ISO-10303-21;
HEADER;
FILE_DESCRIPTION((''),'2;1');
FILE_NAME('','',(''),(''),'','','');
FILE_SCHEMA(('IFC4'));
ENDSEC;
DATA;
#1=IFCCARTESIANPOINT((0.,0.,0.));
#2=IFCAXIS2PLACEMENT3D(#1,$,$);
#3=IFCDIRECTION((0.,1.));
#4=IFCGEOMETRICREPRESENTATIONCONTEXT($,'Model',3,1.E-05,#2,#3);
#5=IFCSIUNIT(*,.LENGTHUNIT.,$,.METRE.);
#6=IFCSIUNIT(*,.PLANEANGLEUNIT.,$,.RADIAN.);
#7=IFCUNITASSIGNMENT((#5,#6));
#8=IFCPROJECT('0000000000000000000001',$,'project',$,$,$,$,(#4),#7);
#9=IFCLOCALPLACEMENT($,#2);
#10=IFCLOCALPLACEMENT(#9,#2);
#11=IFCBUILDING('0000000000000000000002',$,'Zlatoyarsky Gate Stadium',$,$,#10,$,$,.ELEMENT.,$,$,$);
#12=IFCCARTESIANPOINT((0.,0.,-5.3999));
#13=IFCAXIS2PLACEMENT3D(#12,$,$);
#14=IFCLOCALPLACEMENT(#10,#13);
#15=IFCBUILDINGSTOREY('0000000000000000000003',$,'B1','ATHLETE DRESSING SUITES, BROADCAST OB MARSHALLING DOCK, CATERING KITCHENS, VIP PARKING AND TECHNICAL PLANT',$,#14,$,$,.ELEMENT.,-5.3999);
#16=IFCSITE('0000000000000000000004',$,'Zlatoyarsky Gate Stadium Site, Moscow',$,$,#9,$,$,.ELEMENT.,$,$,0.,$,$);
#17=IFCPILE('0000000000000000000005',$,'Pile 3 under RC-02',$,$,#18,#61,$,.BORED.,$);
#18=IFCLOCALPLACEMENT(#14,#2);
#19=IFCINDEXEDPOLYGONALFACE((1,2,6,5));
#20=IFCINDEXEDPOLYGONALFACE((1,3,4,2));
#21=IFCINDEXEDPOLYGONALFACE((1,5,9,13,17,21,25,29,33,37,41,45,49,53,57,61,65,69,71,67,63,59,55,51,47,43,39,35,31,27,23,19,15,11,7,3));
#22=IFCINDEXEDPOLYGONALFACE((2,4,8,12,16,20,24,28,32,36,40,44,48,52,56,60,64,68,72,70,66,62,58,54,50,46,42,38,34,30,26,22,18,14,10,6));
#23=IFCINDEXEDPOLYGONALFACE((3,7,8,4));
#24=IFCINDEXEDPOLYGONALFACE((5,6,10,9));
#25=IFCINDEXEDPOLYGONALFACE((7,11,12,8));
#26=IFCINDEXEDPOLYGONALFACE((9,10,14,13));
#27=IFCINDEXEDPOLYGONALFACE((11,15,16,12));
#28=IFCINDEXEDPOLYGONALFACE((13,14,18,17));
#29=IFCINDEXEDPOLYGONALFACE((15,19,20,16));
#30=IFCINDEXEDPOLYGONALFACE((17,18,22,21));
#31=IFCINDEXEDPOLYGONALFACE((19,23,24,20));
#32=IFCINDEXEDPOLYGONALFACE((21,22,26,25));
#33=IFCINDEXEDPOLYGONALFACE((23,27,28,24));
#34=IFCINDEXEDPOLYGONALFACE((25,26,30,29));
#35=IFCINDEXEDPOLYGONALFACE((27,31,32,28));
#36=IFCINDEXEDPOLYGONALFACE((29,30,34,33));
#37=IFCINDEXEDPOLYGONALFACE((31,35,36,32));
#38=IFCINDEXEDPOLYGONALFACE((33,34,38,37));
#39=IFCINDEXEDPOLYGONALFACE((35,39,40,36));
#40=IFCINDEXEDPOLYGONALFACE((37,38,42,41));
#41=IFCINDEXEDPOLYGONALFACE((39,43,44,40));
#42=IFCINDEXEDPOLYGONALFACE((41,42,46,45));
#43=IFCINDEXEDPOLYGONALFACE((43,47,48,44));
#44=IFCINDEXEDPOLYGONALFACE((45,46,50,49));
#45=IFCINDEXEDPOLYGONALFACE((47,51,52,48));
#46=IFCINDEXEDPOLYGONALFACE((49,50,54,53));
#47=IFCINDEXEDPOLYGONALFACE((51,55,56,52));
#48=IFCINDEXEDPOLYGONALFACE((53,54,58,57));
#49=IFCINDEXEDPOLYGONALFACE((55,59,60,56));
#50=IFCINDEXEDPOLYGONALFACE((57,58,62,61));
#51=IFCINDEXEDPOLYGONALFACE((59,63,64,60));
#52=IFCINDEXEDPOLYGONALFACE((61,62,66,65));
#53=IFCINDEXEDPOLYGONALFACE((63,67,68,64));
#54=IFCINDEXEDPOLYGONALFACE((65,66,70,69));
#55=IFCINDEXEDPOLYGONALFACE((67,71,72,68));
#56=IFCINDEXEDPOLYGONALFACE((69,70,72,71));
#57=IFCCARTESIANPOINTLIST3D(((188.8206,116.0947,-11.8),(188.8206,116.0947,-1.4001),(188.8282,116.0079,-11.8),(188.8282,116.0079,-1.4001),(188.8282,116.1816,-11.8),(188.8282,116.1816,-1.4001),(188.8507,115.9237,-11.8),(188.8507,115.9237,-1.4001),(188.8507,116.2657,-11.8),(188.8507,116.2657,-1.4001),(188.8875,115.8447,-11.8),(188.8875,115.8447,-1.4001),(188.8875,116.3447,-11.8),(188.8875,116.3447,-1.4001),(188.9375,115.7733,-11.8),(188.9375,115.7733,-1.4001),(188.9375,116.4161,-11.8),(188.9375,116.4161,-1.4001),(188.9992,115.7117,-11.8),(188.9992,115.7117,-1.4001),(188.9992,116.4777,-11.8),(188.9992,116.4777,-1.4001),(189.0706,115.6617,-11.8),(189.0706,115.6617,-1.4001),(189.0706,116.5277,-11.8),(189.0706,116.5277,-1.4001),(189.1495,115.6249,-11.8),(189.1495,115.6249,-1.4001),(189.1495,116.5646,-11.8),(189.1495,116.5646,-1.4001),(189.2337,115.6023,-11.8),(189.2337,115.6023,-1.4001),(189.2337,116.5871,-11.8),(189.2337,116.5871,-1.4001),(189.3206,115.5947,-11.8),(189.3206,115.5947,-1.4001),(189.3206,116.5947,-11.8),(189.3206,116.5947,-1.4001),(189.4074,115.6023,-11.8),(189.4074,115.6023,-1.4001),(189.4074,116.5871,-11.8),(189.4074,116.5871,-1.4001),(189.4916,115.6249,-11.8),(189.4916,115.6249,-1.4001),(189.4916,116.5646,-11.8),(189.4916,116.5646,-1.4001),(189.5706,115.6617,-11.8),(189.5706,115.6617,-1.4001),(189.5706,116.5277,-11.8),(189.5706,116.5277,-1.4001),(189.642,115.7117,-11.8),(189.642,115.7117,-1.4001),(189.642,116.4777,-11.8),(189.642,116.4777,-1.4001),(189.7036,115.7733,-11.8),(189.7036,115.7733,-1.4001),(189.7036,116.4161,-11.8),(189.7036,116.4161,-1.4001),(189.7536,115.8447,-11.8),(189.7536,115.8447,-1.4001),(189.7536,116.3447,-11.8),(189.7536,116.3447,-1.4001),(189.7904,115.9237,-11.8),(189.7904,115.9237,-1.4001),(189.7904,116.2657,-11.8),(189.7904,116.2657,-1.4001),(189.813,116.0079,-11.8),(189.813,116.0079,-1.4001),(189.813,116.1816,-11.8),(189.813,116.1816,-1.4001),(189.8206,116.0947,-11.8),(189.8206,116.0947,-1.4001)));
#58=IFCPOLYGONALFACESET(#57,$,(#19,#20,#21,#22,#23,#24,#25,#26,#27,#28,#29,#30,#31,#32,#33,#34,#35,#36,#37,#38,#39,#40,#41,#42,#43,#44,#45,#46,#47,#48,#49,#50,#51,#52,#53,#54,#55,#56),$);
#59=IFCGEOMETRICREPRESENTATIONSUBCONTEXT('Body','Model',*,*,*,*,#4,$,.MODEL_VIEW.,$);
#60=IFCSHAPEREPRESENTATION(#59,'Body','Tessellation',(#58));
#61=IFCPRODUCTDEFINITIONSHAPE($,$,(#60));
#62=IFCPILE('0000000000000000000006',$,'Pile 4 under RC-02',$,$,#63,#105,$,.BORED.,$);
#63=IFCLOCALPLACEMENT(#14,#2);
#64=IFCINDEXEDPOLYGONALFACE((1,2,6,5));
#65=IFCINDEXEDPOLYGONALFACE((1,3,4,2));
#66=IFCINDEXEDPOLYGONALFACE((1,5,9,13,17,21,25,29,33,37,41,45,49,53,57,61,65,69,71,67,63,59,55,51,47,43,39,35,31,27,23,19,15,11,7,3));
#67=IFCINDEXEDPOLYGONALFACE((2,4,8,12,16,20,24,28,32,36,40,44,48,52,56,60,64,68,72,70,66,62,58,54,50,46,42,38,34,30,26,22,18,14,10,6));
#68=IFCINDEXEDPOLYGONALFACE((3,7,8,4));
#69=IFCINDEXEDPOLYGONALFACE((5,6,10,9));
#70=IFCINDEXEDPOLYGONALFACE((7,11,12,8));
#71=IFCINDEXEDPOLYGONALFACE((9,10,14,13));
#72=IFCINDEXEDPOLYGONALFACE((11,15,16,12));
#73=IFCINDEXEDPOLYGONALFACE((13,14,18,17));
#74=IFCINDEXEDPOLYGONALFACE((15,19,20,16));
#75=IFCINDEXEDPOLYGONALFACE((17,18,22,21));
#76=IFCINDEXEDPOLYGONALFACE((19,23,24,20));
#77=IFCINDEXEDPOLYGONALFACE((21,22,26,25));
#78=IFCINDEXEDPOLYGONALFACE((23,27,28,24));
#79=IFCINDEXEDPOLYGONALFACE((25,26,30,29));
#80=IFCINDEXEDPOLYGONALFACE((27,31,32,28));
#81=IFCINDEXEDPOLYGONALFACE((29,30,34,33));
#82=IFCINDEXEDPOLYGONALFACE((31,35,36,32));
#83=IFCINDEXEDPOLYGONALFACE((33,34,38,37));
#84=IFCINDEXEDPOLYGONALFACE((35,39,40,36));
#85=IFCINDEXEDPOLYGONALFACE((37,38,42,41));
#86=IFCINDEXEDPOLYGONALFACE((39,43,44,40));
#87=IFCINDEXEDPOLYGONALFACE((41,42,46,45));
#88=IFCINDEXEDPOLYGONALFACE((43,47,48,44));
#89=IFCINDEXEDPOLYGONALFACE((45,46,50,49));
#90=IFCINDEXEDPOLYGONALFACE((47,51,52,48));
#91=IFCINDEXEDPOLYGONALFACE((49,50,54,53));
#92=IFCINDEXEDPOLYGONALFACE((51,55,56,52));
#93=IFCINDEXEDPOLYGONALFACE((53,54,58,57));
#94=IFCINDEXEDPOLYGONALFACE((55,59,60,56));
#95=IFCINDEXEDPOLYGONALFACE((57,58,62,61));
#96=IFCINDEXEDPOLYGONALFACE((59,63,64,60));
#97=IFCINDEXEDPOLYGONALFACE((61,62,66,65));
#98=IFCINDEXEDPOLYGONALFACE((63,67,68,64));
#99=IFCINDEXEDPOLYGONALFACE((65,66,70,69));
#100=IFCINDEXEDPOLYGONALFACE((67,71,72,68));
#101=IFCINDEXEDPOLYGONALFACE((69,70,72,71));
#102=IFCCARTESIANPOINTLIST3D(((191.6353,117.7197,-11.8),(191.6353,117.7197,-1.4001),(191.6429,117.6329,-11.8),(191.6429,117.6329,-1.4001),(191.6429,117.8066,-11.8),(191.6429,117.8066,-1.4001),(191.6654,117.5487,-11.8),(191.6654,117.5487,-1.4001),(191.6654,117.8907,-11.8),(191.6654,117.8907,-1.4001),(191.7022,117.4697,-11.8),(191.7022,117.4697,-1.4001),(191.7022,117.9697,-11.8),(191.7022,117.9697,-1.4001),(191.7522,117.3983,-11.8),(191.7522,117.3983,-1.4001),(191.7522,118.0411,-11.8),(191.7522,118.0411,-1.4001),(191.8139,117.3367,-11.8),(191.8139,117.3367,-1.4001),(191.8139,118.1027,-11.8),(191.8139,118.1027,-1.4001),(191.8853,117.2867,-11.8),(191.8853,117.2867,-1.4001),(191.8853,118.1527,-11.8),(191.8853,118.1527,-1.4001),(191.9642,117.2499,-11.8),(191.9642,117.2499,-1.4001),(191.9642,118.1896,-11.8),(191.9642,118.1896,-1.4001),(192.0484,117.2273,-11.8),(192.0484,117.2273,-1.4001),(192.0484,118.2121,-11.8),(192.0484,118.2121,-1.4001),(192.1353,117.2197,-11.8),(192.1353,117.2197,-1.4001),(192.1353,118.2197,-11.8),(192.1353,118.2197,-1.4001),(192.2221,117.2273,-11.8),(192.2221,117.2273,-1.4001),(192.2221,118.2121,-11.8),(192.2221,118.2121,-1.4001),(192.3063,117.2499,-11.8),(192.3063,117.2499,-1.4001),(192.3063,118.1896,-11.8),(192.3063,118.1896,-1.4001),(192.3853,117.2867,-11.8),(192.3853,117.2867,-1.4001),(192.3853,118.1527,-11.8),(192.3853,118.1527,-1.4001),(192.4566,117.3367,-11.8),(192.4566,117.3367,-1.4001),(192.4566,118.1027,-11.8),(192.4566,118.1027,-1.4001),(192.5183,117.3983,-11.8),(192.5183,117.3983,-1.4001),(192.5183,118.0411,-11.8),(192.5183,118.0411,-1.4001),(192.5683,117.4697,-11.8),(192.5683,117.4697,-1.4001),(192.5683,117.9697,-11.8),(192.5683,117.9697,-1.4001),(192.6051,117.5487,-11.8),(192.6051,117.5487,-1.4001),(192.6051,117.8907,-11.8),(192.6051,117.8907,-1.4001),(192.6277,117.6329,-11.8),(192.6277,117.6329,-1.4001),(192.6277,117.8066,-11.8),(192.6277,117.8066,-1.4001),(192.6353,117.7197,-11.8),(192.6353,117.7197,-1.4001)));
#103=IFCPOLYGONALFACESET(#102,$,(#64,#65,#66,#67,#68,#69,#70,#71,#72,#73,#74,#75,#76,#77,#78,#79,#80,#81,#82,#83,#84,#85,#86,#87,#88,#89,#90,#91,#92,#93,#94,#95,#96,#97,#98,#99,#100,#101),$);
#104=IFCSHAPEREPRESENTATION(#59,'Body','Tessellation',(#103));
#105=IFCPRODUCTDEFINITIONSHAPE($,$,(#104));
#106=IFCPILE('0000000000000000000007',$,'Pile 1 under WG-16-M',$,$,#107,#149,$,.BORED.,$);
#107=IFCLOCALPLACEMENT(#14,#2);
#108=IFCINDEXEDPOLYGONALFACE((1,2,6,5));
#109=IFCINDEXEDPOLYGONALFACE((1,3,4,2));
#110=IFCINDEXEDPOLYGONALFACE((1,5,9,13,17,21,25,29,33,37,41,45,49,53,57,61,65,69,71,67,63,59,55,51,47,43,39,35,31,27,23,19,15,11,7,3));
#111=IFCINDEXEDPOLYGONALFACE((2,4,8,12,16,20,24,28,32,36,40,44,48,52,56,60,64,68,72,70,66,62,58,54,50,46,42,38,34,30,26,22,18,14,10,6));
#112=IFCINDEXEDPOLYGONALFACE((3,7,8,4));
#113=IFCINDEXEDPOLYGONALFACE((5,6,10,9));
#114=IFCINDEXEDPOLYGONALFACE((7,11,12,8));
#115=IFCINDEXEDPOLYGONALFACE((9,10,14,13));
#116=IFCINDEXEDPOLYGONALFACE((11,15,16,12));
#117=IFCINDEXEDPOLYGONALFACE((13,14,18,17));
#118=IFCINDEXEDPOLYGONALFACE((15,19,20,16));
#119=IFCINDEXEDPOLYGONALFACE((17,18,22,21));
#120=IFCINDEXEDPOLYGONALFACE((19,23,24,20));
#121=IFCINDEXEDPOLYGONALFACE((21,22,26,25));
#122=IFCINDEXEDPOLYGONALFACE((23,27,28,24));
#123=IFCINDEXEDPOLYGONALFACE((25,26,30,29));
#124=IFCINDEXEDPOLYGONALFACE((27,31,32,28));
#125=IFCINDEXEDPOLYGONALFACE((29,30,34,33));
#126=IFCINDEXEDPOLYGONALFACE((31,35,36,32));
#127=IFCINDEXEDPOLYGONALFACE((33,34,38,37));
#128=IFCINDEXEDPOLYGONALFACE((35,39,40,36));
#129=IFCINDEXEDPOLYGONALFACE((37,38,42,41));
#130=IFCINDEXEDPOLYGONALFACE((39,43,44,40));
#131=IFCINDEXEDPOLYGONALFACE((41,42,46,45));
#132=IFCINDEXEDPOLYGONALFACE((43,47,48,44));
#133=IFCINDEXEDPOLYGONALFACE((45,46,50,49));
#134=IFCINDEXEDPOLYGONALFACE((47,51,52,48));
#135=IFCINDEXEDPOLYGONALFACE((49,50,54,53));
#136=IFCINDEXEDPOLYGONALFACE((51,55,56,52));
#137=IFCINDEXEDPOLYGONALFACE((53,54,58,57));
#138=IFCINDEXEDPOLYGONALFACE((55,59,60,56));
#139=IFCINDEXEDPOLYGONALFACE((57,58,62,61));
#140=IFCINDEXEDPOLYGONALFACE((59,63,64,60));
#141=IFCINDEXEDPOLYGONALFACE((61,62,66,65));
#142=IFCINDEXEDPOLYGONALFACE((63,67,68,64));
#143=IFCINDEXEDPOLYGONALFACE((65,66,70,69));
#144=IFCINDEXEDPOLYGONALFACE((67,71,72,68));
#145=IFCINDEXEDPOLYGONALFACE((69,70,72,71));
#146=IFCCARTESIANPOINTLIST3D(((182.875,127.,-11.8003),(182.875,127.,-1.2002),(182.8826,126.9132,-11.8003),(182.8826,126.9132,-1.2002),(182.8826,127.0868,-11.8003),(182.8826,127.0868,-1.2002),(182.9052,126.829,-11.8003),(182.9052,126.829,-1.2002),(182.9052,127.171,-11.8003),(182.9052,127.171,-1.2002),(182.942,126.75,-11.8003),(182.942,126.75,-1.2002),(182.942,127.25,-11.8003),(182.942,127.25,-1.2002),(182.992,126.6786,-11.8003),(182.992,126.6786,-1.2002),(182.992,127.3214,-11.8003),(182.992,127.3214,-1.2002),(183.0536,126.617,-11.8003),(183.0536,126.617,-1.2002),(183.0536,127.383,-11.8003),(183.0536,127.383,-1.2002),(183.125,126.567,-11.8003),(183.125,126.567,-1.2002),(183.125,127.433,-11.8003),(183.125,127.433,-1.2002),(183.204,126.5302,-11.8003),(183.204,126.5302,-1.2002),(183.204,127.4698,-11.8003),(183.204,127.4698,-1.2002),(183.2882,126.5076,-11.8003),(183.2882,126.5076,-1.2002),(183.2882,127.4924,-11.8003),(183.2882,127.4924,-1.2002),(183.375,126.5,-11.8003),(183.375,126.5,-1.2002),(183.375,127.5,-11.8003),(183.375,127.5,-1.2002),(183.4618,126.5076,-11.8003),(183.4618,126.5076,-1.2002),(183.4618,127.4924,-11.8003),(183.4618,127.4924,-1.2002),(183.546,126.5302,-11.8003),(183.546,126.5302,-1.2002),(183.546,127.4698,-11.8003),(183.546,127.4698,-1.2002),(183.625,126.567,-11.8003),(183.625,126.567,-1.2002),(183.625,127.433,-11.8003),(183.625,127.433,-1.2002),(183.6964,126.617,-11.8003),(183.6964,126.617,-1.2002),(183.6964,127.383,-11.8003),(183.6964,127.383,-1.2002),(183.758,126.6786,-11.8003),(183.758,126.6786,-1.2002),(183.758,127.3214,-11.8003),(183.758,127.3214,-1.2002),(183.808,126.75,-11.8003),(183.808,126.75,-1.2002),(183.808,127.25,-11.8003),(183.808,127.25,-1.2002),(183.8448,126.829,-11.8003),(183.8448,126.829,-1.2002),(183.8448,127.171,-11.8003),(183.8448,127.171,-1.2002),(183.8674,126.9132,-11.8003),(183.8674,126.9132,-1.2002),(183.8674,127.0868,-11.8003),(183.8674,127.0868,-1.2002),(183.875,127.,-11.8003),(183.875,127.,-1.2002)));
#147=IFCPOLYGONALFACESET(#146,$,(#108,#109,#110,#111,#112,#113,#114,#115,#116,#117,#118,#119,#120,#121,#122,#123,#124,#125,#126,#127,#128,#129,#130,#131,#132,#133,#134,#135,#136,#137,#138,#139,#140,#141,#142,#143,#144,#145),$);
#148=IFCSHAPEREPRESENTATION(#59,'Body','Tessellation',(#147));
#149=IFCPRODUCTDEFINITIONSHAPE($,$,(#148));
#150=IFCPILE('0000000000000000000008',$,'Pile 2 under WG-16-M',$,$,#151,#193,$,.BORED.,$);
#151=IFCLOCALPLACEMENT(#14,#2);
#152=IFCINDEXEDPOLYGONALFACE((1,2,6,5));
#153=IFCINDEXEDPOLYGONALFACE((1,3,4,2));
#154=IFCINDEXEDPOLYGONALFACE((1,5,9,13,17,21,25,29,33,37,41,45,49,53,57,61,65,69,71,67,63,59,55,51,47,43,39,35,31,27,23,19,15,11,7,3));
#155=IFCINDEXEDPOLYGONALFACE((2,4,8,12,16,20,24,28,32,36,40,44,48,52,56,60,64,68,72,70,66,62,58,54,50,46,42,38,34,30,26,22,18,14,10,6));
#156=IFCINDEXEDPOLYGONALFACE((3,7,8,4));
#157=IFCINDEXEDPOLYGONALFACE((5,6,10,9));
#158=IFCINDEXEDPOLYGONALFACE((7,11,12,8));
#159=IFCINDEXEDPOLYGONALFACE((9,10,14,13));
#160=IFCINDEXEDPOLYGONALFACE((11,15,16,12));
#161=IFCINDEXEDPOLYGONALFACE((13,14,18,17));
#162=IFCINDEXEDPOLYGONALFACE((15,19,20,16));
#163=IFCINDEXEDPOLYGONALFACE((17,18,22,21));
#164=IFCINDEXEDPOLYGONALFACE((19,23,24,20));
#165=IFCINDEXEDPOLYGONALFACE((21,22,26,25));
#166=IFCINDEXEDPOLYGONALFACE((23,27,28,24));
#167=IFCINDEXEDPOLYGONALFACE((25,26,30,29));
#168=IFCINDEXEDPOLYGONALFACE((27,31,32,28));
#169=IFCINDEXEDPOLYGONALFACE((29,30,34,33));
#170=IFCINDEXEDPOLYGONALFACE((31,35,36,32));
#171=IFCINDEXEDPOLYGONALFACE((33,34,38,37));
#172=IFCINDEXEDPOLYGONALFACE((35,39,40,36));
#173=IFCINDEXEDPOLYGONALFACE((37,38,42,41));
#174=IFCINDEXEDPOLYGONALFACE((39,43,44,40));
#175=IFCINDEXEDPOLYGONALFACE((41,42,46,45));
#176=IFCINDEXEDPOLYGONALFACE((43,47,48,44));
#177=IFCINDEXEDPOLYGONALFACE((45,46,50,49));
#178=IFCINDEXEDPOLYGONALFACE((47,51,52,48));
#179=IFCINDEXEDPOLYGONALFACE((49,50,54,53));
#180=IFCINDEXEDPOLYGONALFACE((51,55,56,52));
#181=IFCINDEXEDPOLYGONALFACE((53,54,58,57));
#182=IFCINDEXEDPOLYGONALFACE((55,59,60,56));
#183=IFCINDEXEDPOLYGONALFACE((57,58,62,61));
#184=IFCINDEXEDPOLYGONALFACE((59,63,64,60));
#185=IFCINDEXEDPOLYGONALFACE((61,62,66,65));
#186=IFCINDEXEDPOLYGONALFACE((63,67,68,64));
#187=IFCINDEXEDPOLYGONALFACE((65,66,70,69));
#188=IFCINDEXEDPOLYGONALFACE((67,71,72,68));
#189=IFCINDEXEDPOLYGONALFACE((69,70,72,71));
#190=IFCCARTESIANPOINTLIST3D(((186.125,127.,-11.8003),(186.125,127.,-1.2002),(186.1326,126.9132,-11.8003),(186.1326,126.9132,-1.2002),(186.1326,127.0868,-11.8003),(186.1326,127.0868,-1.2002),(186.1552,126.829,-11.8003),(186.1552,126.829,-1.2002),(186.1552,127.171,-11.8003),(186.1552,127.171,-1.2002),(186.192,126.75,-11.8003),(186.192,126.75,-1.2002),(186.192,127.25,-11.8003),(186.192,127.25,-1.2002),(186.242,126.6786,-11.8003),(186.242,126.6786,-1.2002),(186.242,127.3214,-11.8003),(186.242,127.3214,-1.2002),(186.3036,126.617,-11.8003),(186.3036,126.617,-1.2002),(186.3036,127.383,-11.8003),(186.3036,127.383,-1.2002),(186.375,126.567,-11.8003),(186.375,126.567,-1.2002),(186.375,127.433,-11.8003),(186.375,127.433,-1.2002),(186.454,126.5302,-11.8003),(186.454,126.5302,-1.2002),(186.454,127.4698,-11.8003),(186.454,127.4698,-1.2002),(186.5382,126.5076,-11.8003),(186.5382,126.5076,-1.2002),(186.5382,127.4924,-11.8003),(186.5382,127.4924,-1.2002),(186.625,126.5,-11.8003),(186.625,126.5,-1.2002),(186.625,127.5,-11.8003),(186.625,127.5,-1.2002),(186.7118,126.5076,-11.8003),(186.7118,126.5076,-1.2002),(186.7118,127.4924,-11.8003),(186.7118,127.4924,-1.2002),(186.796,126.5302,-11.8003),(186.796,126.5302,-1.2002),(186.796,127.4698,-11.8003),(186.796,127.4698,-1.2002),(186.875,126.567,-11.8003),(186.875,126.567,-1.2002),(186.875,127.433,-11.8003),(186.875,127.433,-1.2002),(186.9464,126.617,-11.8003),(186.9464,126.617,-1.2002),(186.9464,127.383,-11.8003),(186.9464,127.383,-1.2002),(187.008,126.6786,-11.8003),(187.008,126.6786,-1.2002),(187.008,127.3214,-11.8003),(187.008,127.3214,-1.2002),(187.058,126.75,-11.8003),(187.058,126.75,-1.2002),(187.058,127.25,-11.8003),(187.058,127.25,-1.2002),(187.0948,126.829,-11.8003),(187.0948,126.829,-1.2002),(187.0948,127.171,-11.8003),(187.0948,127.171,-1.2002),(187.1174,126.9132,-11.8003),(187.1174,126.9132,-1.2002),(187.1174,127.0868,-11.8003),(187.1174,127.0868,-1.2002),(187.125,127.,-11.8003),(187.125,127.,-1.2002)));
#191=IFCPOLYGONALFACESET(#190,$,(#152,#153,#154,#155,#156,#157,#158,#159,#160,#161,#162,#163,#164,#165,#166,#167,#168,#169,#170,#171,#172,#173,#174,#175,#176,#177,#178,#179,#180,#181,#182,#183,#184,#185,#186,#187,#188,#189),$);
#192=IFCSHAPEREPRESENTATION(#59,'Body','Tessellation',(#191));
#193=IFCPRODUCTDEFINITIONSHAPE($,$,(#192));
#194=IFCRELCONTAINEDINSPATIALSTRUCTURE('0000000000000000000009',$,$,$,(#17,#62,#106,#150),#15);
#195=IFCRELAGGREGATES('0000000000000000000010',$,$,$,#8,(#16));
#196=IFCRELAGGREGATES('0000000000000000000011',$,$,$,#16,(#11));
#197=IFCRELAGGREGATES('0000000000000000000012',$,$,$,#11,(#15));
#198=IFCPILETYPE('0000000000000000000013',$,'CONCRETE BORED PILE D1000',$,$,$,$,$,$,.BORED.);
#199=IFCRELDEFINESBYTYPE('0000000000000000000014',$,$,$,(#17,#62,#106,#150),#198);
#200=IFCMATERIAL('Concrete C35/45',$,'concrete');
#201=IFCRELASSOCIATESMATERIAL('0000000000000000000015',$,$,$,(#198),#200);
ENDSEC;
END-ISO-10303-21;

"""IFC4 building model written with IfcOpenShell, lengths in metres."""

from ifc_helpers import new_model, si_unit, direction, frame, origin, origin_2d, place, context, subcontext, project, spatial, circle, extrude, material, material_profile, profile_set, type_object, element, save


model = new_model("IFC4")

# Units and contexts
model_context = context("Model", 3, precision=1e-05, world=origin(), true_north=direction((0.0, 1.0)))
body_context = subcontext(model_context, "Body", "Model", "MODEL_VIEW")
ifc_project = project(units=[si_unit("LENGTHUNIT", "METRE"), si_unit("PLANEANGLEUNIT", "RADIAN")], contexts=[model_context])

# Site, building, storey
site_placement = place(None, origin())
site = spatial("IfcSite", under=ifc_project, at=site_placement, Name="Zlatoyarsky Gate Stadium Site, Moscow", CompositionType="ELEMENT", RefElevation=0.0)
building_placement = place(site_placement, origin())
building = spatial("IfcBuilding", under=site, at=building_placement, Name="Zlatoyarsky Gate Stadium", CompositionType="ELEMENT")
storey_placement = place(building_placement, frame((0.0, 0.0, -5.3999)))
storey = spatial("IfcBuildingStorey", under=building, at=storey_placement, Name="B1", Description="ATHLETE DRESSING SUITES, BROADCAST OB MARSHALLING DOCK, CATERING KITCHENS, VIP PARKING AND TECHNICAL PLANT", CompositionType="ELEMENT", Elevation=-5.3999)

# Piles
ifc_material_1 = material(Name="Concrete C35/45", Category="concrete")
ifc_material_profile_1 = material_profile(ifc_material_1, circle(Radius=0.5, at=origin_2d()), Name="BORED PILE D1000")
ifc_profile_set_1 = profile_set([ifc_material_profile_1], Name="Concrete C35/45")
pile_type_1 = type_object("IfcPileType", Name="CONCRETE BORED PILE D1000", PredefinedType="BORED", material=ifc_profile_set_1)
for number, where, z_axis, x_axis, name in (
    (1, (189.3206, 116.0947, -1.4001), (0.0, 0.0, -1.0), (1.0, 0.0, 0.0), "Pile 3 under RC-02"),
    (2, (192.1353, 117.7197, -1.4001), (0.0, 0.0, -1.0), (1.0, 0.0, 0.0), "Pile 4 under RC-02"),
):
    element("IfcPile", number, at=place(storey_placement, frame(where, z_axis=z_axis, x_axis=x_axis)), inside=storey, type_object=pile_type_1, Name=name, PredefinedType="BORED", context=body_context, shape_type="SweptSolid", body=[
        extrude(circle(Radius=0.5, at=origin_2d()), origin(), (0.0, 0.0, 1.0), 10.3999),
    ])
for number, where, z_axis, x_axis, name in (
    (3, (183.375, 127.0, -1.2002), (0.0, 0.0, -1.0), (1.0, 0.0, 0.0), "Pile 1 under WG-16-M"),
    (4, (186.625, 127.0, -1.2002), (0.0, 0.0, -1.0), (1.0, 0.0, 0.0), "Pile 2 under WG-16-M"),
):
    element("IfcPile", number, at=place(storey_placement, frame(where, z_axis=z_axis, x_axis=x_axis)), inside=storey, type_object=pile_type_1, Name=name, PredefinedType="BORED", context=body_context, shape_type="SweptSolid", body=[
        extrude(circle(Radius=0.5, at=origin_2d()), origin(), (0.0, 0.0, 1.0), 10.6001),
    ])

save(model, "model.ifc")
